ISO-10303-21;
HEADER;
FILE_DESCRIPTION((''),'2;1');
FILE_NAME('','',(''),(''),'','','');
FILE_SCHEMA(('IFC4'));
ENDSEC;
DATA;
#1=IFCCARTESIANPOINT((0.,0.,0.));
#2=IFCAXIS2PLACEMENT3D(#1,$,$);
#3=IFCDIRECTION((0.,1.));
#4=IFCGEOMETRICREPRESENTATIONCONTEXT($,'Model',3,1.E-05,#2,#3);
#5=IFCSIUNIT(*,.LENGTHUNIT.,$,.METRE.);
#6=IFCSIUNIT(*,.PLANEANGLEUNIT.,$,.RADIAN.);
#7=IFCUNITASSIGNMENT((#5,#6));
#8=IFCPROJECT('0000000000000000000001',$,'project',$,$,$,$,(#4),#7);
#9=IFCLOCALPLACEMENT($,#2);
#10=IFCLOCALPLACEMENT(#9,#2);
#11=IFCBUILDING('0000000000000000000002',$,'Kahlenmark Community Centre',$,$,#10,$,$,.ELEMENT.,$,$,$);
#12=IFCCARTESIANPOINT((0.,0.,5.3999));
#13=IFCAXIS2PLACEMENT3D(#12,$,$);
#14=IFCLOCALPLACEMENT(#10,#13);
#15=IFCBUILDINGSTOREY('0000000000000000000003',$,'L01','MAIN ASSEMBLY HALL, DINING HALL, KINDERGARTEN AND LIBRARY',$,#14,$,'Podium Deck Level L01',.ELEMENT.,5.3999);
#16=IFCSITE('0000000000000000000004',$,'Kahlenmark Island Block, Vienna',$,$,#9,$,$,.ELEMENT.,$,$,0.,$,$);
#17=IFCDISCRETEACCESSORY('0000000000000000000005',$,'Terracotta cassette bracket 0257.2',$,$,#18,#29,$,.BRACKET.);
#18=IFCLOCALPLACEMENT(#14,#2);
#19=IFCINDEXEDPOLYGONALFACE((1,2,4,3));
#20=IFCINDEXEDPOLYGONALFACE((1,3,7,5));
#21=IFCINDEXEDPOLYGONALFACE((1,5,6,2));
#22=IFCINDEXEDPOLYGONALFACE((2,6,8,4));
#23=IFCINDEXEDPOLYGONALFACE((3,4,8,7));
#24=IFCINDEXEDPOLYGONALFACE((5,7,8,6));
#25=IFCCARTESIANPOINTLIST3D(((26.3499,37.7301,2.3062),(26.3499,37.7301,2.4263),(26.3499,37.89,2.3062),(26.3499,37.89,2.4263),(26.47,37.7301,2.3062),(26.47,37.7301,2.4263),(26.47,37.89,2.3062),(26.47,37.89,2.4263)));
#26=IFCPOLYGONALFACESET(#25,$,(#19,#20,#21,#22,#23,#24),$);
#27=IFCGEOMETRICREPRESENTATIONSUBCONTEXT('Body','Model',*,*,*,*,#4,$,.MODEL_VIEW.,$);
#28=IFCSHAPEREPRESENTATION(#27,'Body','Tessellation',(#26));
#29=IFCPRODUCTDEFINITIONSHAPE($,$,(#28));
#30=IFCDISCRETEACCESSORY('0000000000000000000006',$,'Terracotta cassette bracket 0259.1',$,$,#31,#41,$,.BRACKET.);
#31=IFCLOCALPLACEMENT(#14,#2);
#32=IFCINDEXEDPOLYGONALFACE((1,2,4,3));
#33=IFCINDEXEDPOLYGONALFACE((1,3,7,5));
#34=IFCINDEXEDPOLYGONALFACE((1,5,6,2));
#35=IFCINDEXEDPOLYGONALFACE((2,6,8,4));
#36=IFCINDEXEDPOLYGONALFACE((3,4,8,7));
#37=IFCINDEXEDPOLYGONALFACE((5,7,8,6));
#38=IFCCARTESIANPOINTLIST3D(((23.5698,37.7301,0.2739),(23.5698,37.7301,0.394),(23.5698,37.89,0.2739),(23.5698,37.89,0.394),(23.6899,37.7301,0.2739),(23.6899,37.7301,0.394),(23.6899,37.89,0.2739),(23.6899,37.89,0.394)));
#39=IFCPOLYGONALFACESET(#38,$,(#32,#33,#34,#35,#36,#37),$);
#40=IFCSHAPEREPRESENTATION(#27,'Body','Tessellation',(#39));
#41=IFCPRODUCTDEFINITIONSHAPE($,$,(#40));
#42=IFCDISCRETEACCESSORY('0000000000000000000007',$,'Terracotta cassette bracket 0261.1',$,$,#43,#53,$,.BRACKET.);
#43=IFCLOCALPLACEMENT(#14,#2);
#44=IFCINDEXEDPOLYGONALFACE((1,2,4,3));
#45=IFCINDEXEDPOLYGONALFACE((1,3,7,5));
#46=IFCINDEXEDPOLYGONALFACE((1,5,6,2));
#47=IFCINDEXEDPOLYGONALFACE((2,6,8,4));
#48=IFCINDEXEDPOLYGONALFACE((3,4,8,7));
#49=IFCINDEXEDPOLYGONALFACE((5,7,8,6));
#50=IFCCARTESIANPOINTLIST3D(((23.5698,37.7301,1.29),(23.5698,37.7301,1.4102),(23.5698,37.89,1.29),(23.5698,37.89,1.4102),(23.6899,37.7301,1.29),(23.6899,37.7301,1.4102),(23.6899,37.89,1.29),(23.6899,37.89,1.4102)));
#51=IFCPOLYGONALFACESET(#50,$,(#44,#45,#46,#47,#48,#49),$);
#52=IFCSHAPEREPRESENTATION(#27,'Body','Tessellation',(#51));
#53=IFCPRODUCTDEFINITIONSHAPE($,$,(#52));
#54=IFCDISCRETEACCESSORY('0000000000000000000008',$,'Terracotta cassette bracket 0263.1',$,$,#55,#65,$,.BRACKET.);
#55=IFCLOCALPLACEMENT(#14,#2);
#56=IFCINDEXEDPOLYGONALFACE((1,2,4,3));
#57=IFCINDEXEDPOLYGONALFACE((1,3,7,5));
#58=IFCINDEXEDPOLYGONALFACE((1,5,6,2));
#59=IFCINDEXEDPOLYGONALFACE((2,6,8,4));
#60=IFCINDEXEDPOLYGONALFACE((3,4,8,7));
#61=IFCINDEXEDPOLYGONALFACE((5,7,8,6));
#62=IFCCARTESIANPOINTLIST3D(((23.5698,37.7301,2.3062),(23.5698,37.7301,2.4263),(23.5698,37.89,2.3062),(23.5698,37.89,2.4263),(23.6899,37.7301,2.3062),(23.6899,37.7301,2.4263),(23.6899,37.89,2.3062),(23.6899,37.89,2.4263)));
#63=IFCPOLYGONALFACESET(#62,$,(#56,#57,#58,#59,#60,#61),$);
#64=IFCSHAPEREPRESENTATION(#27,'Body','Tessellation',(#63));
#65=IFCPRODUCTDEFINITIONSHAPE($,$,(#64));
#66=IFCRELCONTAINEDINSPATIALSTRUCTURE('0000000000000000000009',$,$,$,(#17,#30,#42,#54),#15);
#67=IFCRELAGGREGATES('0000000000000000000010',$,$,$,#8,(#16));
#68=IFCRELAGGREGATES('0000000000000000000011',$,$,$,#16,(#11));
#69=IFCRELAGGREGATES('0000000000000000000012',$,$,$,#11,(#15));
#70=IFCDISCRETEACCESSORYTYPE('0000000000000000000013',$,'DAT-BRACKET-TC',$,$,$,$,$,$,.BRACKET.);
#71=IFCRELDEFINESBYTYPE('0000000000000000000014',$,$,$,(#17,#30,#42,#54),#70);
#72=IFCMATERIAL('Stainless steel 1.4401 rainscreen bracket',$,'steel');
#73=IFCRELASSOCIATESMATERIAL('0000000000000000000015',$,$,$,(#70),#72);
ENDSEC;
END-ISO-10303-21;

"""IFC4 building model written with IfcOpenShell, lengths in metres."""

from ifc_helpers import new_model, si_unit, direction, frame, origin, origin_2d, place, context, subcontext, project, spatial, rectangle, extrude, material, type_object, element, save


model = new_model("IFC4")

# Units and contexts
model_context = context("Model", 3, precision=1e-05, world=origin(), true_north=direction((0.0, 1.0)))
body_context = subcontext(model_context, "Body", "Model", "MODEL_VIEW")
ifc_project = project(units=[si_unit("LENGTHUNIT", "METRE"), si_unit("PLANEANGLEUNIT", "RADIAN")], contexts=[model_context])

# Site, building, storey
site_placement = place(None, origin())
site = spatial("IfcSite", under=ifc_project, at=site_placement, Name="Kahlenmark Island Block, Vienna", CompositionType="ELEMENT", RefElevation=0.0)
building_placement = place(site_placement, origin())
building = spatial("IfcBuilding", under=site, at=building_placement, Name="Kahlenmark Community Centre", CompositionType="ELEMENT")
storey_placement = place(building_placement, frame((0.0, 0.0, 5.3999)))
storey = spatial("IfcBuildingStorey", under=building, at=storey_placement, Name="L01", Description="MAIN ASSEMBLY HALL, DINING HALL, KINDERGARTEN AND LIBRARY", LongName="Podium Deck Level L01", CompositionType="ELEMENT", Elevation=5.3999)

# Discrete accessories
ifc_material_1 = material(Name="Stainless steel 1.4401 rainscreen bracket", Category="steel")
discrete_accessory_type = type_object("IfcDiscreteAccessoryType", Name="DAT-BRACKET-TC", PredefinedType="BRACKET", material=ifc_material_1)
for number, where, z_axis, x_axis, name in (
    (1, (26.4099, 37.8101, 2.3062), (0.0, 0.0, 1.0), (-1.0, 0.0, 0.0), "Terracotta cassette bracket 0257.2"),
    (2, (23.6299, 37.8101, 0.2739), (0.0, 0.0, 1.0), (-1.0, 0.0, 0.0), "Terracotta cassette bracket 0259.1"),
    (3, (23.6299, 37.8101, 1.29), (0.0, 0.0, 1.0), (-1.0, 0.0, 0.0), "Terracotta cassette bracket 0261.1"),
    (4, (23.6299, 37.8101, 2.3062), (0.0, 0.0, 1.0), (-1.0, 0.0, 0.0), "Terracotta cassette bracket 0263.1"),
):
    element("IfcDiscreteAccessory", number, at=place(storey_placement, frame(where, z_axis=z_axis, x_axis=x_axis)), inside=storey, type_object=discrete_accessory_type, Name=name, PredefinedType="BRACKET", context=body_context, shape_type="SweptSolid", body=[
        extrude(rectangle(XDim=0.1201, YDim=0.1599, at=origin_2d()), origin(), (0.0, 0.0, 1.0), 0.1201),
    ])

save(model, "model.ifc")
